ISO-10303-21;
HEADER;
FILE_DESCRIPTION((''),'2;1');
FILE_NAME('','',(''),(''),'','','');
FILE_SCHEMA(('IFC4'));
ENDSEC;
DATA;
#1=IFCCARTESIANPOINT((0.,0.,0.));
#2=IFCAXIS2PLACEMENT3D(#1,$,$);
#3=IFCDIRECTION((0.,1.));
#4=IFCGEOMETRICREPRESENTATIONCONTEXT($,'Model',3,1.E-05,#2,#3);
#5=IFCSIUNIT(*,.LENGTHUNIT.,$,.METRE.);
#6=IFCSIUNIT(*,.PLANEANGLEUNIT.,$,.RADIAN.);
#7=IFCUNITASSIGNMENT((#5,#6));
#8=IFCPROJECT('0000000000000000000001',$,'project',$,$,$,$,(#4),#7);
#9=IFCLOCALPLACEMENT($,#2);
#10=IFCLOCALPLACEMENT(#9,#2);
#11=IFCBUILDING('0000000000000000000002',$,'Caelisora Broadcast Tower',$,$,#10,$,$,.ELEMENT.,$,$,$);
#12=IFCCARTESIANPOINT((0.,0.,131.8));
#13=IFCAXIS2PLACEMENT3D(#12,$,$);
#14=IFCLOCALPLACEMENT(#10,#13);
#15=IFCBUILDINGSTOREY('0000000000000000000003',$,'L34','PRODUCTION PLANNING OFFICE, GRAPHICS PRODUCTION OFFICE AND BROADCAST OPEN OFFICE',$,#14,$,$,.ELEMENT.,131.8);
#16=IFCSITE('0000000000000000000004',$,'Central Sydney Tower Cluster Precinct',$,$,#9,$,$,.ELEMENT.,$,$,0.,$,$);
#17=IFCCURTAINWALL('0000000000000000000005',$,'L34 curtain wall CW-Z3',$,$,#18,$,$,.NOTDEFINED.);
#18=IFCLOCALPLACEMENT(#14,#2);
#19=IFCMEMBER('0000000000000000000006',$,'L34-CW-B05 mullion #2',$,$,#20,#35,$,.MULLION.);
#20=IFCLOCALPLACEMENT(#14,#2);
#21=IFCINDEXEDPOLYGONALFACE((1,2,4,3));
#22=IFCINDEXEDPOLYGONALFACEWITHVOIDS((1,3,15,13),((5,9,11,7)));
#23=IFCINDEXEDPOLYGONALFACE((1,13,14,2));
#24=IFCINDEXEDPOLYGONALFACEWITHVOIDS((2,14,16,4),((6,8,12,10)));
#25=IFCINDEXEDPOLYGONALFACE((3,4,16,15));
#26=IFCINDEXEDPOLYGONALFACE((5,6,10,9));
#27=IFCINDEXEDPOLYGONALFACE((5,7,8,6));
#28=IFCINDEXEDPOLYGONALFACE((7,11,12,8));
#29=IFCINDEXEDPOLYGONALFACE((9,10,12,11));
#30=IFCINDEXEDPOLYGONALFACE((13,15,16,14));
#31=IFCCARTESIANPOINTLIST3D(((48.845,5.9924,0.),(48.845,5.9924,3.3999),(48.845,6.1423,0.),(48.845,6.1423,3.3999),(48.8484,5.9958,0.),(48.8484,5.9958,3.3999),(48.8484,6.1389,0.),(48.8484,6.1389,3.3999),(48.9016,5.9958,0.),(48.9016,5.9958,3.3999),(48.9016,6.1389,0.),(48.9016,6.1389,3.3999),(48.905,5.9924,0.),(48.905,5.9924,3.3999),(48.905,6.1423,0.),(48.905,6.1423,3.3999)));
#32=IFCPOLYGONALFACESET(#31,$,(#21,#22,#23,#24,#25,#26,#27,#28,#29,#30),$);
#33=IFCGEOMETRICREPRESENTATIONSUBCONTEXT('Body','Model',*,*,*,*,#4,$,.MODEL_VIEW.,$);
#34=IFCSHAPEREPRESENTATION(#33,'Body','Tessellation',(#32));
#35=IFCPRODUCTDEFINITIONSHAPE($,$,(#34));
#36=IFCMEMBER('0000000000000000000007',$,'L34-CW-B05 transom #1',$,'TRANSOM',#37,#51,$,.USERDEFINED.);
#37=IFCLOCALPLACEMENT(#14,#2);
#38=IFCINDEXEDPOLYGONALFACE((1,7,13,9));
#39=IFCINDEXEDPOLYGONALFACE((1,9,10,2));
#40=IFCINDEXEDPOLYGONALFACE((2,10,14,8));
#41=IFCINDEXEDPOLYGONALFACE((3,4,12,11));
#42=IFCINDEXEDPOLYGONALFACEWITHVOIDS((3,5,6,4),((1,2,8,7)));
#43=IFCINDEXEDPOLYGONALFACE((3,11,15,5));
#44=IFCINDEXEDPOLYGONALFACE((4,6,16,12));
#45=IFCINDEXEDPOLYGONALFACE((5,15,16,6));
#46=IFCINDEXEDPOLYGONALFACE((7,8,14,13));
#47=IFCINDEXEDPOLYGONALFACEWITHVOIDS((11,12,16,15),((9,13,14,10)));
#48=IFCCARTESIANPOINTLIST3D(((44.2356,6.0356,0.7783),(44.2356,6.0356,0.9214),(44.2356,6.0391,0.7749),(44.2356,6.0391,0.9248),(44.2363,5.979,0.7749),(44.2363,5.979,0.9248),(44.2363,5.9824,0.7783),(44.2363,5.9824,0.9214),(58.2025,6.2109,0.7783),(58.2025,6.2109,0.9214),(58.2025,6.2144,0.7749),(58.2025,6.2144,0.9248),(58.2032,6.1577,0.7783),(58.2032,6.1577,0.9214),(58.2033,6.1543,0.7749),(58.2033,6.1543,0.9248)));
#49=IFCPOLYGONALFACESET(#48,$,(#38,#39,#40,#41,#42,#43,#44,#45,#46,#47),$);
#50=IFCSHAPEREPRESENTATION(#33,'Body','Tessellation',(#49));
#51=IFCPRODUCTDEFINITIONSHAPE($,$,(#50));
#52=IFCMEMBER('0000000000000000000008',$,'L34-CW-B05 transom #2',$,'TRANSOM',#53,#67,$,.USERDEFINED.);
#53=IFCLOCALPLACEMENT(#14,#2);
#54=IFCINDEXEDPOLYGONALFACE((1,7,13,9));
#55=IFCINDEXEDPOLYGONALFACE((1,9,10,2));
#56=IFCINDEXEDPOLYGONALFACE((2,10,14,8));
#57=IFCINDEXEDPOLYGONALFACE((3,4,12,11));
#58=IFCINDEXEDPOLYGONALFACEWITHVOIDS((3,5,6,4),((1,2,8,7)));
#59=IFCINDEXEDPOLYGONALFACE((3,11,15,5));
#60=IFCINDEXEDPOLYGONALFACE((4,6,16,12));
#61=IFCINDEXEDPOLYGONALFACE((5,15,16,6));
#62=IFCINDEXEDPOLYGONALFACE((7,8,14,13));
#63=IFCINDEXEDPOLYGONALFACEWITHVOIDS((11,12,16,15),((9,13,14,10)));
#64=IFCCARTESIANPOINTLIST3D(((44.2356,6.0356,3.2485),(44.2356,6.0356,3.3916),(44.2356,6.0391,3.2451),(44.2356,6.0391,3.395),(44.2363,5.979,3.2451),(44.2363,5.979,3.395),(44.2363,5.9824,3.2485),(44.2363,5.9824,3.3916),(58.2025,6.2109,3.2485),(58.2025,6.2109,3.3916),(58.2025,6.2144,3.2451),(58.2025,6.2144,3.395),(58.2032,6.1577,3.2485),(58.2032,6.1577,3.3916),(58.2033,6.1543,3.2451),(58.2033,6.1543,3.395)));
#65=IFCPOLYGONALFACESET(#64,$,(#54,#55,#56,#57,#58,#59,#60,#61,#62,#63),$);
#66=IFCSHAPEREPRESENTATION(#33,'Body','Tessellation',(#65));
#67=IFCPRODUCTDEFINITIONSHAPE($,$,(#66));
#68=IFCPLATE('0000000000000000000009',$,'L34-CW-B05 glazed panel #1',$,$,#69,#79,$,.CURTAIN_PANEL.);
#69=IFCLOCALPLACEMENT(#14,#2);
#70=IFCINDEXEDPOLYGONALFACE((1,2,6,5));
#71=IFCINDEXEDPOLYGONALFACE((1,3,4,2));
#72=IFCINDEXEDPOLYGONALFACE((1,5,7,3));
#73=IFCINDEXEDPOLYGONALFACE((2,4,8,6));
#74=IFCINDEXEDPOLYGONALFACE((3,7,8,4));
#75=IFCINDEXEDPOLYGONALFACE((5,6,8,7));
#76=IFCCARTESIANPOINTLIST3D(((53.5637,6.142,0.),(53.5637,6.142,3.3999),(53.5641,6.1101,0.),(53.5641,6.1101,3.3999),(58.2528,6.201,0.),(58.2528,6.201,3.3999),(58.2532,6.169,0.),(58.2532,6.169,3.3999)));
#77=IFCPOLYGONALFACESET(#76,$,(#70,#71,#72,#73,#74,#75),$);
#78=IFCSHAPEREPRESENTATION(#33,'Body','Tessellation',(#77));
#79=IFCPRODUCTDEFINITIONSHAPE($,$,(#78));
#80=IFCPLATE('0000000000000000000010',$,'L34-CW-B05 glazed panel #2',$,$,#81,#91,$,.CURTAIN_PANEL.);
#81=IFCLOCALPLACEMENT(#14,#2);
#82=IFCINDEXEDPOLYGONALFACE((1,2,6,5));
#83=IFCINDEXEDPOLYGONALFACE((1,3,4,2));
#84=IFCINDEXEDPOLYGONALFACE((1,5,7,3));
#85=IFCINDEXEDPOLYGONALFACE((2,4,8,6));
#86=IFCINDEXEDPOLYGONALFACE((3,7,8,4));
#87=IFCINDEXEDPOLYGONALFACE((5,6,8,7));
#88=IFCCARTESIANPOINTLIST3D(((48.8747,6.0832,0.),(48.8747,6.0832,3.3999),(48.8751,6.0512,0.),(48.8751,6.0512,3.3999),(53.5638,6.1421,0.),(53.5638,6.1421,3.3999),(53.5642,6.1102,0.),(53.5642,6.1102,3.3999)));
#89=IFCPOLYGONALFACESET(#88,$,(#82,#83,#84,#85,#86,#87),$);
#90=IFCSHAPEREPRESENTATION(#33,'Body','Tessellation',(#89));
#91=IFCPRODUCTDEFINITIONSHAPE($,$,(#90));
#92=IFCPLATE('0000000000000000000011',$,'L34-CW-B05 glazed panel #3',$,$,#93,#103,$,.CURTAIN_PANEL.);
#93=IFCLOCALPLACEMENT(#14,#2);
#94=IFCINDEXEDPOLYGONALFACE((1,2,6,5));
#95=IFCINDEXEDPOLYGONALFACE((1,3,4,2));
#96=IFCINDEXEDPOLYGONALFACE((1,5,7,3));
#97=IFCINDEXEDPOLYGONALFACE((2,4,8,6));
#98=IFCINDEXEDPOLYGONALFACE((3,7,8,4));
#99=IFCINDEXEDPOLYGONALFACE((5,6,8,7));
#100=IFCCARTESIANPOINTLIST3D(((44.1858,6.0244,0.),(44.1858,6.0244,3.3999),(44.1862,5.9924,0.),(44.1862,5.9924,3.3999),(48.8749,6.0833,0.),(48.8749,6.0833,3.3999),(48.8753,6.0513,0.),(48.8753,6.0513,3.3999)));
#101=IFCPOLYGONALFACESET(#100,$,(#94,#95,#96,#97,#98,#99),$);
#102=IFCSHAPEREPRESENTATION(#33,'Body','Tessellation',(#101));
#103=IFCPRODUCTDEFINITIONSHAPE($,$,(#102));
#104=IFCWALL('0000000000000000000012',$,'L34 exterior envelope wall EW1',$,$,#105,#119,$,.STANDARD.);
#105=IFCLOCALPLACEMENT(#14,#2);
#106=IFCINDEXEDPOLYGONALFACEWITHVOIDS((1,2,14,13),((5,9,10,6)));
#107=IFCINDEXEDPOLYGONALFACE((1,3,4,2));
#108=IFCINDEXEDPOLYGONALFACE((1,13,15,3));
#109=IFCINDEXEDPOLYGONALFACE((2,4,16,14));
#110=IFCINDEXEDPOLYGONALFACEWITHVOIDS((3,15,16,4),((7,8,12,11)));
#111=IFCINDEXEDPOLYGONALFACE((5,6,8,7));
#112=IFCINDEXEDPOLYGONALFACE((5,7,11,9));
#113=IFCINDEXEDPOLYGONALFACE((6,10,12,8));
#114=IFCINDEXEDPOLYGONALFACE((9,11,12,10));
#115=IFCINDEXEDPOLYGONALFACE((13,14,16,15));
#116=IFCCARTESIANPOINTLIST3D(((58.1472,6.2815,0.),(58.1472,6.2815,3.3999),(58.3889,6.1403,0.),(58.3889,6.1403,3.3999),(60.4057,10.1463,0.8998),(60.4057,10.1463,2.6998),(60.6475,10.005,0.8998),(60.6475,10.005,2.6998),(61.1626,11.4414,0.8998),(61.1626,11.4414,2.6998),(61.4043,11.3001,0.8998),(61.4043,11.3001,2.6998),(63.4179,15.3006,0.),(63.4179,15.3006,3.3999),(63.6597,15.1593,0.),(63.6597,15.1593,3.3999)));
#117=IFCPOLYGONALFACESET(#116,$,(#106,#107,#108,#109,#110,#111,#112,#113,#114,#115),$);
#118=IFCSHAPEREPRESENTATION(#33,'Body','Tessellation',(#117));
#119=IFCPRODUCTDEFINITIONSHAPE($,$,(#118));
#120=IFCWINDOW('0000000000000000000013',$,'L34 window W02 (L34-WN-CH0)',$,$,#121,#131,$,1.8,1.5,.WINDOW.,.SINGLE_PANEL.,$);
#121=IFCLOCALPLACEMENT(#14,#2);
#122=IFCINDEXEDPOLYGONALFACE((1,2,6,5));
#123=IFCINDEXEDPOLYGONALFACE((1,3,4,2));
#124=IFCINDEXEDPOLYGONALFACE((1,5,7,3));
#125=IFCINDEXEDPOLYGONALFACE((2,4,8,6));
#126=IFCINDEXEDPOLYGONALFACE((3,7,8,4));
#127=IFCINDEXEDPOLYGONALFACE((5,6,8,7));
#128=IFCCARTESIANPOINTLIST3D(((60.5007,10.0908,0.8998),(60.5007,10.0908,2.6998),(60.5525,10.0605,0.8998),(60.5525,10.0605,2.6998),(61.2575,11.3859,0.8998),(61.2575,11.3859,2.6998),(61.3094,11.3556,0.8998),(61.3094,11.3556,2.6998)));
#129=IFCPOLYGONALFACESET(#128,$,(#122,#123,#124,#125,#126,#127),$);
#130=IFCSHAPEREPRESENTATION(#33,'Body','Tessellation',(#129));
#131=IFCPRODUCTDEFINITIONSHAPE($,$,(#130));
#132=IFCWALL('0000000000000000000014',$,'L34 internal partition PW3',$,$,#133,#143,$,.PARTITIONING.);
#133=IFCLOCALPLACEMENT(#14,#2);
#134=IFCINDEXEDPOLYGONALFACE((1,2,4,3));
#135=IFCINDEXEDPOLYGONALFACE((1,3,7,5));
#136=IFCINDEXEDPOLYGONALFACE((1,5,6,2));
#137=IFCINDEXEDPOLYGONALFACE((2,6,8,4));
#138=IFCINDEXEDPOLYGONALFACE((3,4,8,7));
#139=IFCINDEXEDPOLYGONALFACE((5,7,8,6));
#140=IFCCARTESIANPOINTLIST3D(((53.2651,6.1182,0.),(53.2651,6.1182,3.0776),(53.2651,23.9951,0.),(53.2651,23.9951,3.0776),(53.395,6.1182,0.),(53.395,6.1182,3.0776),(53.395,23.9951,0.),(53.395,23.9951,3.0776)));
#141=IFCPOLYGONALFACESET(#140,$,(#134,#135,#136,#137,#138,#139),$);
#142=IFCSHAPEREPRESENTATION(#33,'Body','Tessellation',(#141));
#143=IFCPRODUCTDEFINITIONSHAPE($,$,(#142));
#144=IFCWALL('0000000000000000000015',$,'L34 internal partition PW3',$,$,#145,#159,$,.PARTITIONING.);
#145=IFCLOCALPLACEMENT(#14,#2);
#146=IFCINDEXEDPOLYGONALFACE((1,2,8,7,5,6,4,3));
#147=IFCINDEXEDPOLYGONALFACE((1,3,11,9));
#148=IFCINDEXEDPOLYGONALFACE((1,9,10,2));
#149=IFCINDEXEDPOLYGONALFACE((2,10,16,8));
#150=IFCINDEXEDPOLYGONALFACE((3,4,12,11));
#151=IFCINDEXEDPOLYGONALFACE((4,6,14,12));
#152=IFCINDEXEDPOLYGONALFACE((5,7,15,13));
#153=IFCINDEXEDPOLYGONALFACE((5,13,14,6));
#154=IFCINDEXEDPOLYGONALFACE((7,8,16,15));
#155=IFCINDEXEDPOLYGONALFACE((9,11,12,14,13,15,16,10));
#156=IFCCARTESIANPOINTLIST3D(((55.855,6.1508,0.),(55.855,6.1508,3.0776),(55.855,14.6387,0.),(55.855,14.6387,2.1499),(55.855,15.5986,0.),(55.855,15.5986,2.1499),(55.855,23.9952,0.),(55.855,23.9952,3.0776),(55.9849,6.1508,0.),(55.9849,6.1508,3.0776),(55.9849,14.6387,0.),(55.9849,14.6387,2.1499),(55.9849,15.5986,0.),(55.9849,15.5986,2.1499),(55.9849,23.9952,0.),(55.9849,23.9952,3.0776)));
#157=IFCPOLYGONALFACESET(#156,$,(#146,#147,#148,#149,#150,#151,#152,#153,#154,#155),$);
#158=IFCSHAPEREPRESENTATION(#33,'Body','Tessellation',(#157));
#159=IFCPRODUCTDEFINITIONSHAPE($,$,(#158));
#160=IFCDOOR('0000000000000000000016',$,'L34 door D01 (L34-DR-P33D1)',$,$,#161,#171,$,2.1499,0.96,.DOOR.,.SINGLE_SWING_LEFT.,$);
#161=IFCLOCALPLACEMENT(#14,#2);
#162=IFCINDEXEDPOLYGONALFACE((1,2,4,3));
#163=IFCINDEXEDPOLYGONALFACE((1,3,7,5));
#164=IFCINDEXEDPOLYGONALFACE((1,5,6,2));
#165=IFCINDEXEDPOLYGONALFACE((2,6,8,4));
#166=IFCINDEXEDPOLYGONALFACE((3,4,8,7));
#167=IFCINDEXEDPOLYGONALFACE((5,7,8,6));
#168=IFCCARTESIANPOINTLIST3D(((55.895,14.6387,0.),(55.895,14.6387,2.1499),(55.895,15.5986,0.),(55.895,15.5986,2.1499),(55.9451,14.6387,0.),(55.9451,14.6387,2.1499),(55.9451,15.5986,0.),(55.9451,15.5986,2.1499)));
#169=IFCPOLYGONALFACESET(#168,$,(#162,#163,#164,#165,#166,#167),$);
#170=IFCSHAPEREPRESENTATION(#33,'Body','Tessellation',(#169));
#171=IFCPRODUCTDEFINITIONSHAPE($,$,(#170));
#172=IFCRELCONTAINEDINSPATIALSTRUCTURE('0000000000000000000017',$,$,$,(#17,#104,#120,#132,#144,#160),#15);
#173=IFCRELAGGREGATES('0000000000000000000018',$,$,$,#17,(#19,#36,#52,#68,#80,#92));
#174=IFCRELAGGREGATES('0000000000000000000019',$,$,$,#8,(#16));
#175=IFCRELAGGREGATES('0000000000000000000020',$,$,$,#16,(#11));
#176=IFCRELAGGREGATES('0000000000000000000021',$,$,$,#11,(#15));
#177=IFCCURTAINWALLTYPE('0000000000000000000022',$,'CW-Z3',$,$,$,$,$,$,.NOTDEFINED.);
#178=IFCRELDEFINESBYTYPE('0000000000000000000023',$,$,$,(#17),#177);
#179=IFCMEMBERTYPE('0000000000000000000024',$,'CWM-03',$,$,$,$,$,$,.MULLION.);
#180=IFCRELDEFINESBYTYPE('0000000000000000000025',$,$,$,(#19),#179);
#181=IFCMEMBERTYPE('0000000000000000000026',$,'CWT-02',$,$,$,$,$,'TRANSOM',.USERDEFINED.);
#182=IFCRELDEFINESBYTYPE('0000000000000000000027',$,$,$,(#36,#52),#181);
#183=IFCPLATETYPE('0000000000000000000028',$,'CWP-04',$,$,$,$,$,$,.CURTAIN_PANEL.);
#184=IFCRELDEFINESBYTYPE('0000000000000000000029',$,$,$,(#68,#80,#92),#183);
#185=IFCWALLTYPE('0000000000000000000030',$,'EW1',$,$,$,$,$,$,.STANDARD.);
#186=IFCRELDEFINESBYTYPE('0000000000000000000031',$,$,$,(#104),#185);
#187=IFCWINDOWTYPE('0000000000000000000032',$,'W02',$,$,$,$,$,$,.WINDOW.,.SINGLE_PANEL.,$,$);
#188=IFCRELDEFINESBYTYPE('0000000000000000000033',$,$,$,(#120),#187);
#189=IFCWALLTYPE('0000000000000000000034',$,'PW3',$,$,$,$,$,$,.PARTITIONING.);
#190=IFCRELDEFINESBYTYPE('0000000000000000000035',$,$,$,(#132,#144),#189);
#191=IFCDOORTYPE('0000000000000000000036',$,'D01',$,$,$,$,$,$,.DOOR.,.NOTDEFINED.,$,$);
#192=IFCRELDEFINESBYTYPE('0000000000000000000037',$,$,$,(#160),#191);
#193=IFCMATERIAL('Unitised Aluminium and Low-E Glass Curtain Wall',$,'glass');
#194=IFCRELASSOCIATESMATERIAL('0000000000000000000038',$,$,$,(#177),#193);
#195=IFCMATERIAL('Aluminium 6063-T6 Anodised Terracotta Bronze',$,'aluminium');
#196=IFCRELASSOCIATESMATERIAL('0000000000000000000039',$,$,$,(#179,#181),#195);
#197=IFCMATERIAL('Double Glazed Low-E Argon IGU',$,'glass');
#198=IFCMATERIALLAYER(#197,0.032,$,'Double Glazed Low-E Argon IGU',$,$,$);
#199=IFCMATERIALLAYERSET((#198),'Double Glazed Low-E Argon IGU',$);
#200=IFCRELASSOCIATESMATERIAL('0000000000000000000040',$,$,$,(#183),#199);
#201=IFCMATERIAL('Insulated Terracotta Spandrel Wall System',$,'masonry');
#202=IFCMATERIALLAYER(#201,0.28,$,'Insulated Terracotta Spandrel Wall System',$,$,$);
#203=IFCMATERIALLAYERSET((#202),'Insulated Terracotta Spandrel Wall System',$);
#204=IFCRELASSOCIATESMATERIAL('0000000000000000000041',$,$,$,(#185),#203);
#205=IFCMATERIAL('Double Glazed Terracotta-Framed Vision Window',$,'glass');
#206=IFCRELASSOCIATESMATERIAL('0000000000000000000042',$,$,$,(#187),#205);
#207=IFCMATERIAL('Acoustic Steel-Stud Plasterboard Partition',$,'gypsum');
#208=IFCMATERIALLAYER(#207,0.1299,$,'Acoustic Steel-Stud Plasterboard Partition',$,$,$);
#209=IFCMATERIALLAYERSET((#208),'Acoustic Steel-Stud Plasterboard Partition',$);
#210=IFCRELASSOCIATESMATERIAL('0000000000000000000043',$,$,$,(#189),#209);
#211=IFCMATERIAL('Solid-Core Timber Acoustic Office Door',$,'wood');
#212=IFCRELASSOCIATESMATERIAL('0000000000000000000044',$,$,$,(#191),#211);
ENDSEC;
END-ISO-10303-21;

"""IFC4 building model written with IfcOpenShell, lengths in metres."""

from ifc_helpers import new_model, si_unit, direction, frame, frame_2d, origin, origin_2d, place, context, subcontext, project, spatial, rectangle, hollow_rectangle, extrude, source, transform, mapped, material, layer, layer_set, material_profile, profile_set, type_object, type_shapes, element, fill, aggregate, save


model = new_model("IFC4")

# Units and contexts
model_context = context("Model", 3, precision=1e-05, world=origin(), true_north=direction((0.0, 1.0)))
body_context = subcontext(model_context, "Body", "Model", "MODEL_VIEW")
ifc_project = project(units=[si_unit("LENGTHUNIT", "METRE"), si_unit("PLANEANGLEUNIT", "RADIAN")], contexts=[model_context])

# Site, building, storey
site_placement = place(None, origin())
site = spatial("IfcSite", under=ifc_project, at=site_placement, Name="Central Sydney Tower Cluster Precinct", CompositionType="ELEMENT", RefElevation=0.0)
building_placement = place(site_placement, origin())
building = spatial("IfcBuilding", under=site, at=building_placement, Name="Caelisora Broadcast Tower", CompositionType="ELEMENT")
storey_placement = place(building_placement, frame((0.0, 0.0, 131.8)))
storey = spatial("IfcBuildingStorey", under=building, at=storey_placement, Name="L34", Description="PRODUCTION PLANNING OFFICE, GRAPHICS PRODUCTION OFFICE AND BROADCAST OPEN OFFICE", CompositionType="ELEMENT", Elevation=131.8)

# Curtain wall, members, plates
ifc_material_1 = material(Name="Unitised Aluminium and Low-E Glass Curtain Wall", Category="glass")
curtain_wall_type = type_object("IfcCurtainWallType", Name="CW-Z3", PredefinedType="NOTDEFINED", material=ifc_material_1)
curtain_wall_placement = place(storey_placement, origin())
curtain_wall = element("IfcCurtainWall", 1, at=curtain_wall_placement, inside=storey, type_object=curtain_wall_type, Name="L34 curtain wall CW-Z3", PredefinedType="NOTDEFINED")
ifc_material_2 = material(Name="Aluminium 6063-T6 Anodised Terracotta Bronze", Category="aluminium")
ifc_material_profile_1 = material_profile(ifc_material_2, hollow_rectangle(XDim=0.0601, YDim=0.1499, WallThickness=0.0034, at=origin_2d()), Name="Aluminium 6063-T6 Anodised Terracotta Bronze")
ifc_profile_set_1 = profile_set([ifc_material_profile_1], Name="Aluminium 6063-T6 Anodised Terracotta Bronze")
member_type_1 = type_object("IfcMemberType", Name="CWM-03", PredefinedType="MULLION", material=ifc_profile_set_1)
shared_shape_1 = source(origin(), body_context, "Body", "SweptSolid", [
    extrude(hollow_rectangle(XDim=0.0601, YDim=0.1499, WallThickness=0.0034, at=origin_2d()), origin(), (0.0, 0.0, 1.0), 3.3999),
])
type_shapes(member_type_1, [shared_shape_1])
member_1_placement = place(storey_placement, frame((48.875, 6.0674, 0.0), z_axis=(0.0, 0.0, 1.0), x_axis=(1.0, 0.0, 0.0)))
member_1 = element("IfcMember", 2, at=member_1_placement, type_object=member_type_1, Name="L34-CW-B05 mullion #2", PredefinedType="MULLION", context=body_context, shape_type="MappedRepresentation", body=[
    mapped(shared_shape_1, transform((0.0, 0.0, 0.0), scale=1.0)),
])
ifc_material_profile_2 = material_profile(ifc_material_2, hollow_rectangle(XDim=0.0601, YDim=0.1499, WallThickness=0.0034, at=origin_2d()), Name="Aluminium 6063-T6 Anodised Terracotta Bronze")
ifc_profile_set_2 = profile_set([ifc_material_profile_2], Name="Aluminium 6063-T6 Anodised Terracotta Bronze")
member_type_2 = type_object("IfcMemberType", Name="CWT-02", ElementType="TRANSOM", PredefinedType="USERDEFINED", material=ifc_profile_set_2)
shared_shape_2 = source(origin(), body_context, "Body", "SweptSolid", [
    extrude(hollow_rectangle(XDim=0.0601, YDim=0.1499, WallThickness=0.0034, at=origin_2d()), origin(), (0.0, 0.0, 1.0), 13.968),
])
type_shapes(member_type_2, [shared_shape_2])
member_2_placement = place(storey_placement, frame((58.2029, 6.1843, 0.8499), z_axis=(-0.999921, -0.01255, 0.0), x_axis=(0.01255, -0.999921, 0.0)))
member_2 = element("IfcMember", 3, at=member_2_placement, type_object=member_type_2, Name="L34-CW-B05 transom #1", ObjectType="TRANSOM", PredefinedType="USERDEFINED", context=body_context, shape_type="MappedRepresentation", body=[
    mapped(shared_shape_2, transform((0.0, 0.0, 0.0), scale=1.0)),
])
member_3_placement = place(storey_placement, frame((58.2029, 6.1843, 3.3201), z_axis=(-0.999921, -0.01255, 0.0), x_axis=(0.01255, -0.999921, 0.0)))
member_3 = element("IfcMember", 4, at=member_3_placement, type_object=member_type_2, Name="L34-CW-B05 transom #2", ObjectType="TRANSOM", PredefinedType="USERDEFINED", context=body_context, shape_type="MappedRepresentation", body=[
    mapped(shared_shape_2, transform((0.0, 0.0, 0.0), scale=1.0)),
])
ifc_material_3 = material(Name="Double Glazed Low-E Argon IGU", Category="glass")
ifc_layer_1 = layer(ifc_material_3, 0.032, Name="Double Glazed Low-E Argon IGU")
ifc_layer_set_1 = layer_set([ifc_layer_1], Name="Double Glazed Low-E Argon IGU")
plate_type = type_object("IfcPlateType", Name="CWP-04", PredefinedType="CURTAIN_PANEL", material=ifc_layer_set_1)
shared_shape_3 = source(origin(), body_context, "Body", "SweptSolid", [
    extrude(rectangle(XDim=4.6895, YDim=0.032, at=origin_2d()), origin(), (0.0, 0.0, 1.0), 3.3999),
])
type_shapes(plate_type, [shared_shape_3])
plate_1_placement = place(storey_placement, frame((55.9084, 6.1555, 0.0), z_axis=(0.0, 0.0, 1.0), x_axis=(-0.999921, -0.012566, 0.0)))
plate_1 = element("IfcPlate", 5, at=plate_1_placement, type_object=plate_type, Name="L34-CW-B05 glazed panel #1", PredefinedType="CURTAIN_PANEL", context=body_context, shape_type="MappedRepresentation", body=[
    mapped(shared_shape_3, transform((0.0, 0.0, 0.0), scale=1.0)),
])
plate_2_placement = place(storey_placement, frame((51.2195, 6.0967, 0.0), z_axis=(0.0, 0.0, 1.0), x_axis=(-0.999921, -0.012566, 0.0)))
plate_2 = element("IfcPlate", 6, at=plate_2_placement, type_object=plate_type, Name="L34-CW-B05 glazed panel #2", PredefinedType="CURTAIN_PANEL", context=body_context, shape_type="MappedRepresentation", body=[
    mapped(shared_shape_3, transform((0.0, 0.0, 0.0), scale=1.0)),
])
plate_3_placement = place(storey_placement, frame((46.5305, 6.0378, 0.0), z_axis=(0.0, 0.0, 1.0), x_axis=(-0.999921, -0.012566, 0.0)))
plate_3 = element("IfcPlate", 7, at=plate_3_placement, type_object=plate_type, Name="L34-CW-B05 glazed panel #3", PredefinedType="CURTAIN_PANEL", context=body_context, shape_type="MappedRepresentation", body=[
    mapped(shared_shape_3, transform((0.0, 0.0, 0.0), scale=1.0)),
])
aggregate(curtain_wall, [member_1, member_2, member_3, plate_1, plate_2, plate_3])

# Wall, opening, window
ifc_material_4 = material(Name="Insulated Terracotta Spandrel Wall System", Category="masonry")
ifc_layer_2 = layer(ifc_material_4, 0.28, Name="Insulated Terracotta Spandrel Wall System")
ifc_layer_set_2 = layer_set([ifc_layer_2], Name="Insulated Terracotta Spandrel Wall System")
wall_type_1 = type_object("IfcWallType", Name="EW1", PredefinedType="STANDARD", material=ifc_layer_set_2)
wall_1_placement = place(storey_placement, frame((63.5388, 15.23, 0.0), z_axis=(0.0, 0.0, 1.0), x_axis=(-0.50456, -0.863377, 0.0)))
wall_1 = element("IfcWall", 8, at=wall_1_placement, inside=storey, type_object=wall_type_1, Name="L34 exterior envelope wall EW1", PredefinedType="STANDARD", context=body_context, shape_type="SweptSolid", body=[
    extrude(rectangle(XDim=10.4463, YDim=0.28, at=frame_2d((5.2231, 0.0))), origin(), (0.0, 0.0, 1.0), 3.3999),
])
opening_1_placement = place(wall_1_placement, frame((4.47, 0.0, 0.8999)))
opening_1 = element("IfcOpeningElement", 9, at=opening_1_placement, cuts=wall_1, PredefinedType="OPENING", context=body_context, shape_type="SweptSolid", body=[
    extrude(rectangle(XDim=1.5, YDim=1.8, at=frame_2d((0.75, 0.8999))), frame((0.0, 0.1521, 0.0), z_axis=(0.0, -1.0, 0.0), x_axis=(1.0, 0.0, 0.0)), (0.0, 0.0, 1.0), 0.304),
])
ifc_material_5 = material(Name="Double Glazed Terracotta-Framed Vision Window", Category="glass")
window_type = type_object("IfcWindowType", Name="W02", PartitioningType="SINGLE_PANEL", PredefinedType="WINDOW", material=ifc_material_5)
window_placement = place(opening_1_placement, origin())
window = element("IfcWindow", 10, at=window_placement, inside=storey, type_object=window_type, Name="L34 window W02 (L34-WN-CH0)", OverallHeight=1.8, OverallWidth=1.5, PartitioningType="SINGLE_PANEL", PredefinedType="WINDOW", context=body_context, shape_type="SweptSolid", body=[
    extrude(rectangle(XDim=1.5, YDim=1.8, at=frame_2d((0.75, 0.8999))), frame((0.0, 0.03, 0.0), z_axis=(0.0, -1.0, 0.0), x_axis=(1.0, 0.0, 0.0)), (0.0, 0.0, 1.0), 0.0601),
])
fill(opening_1, window)

# Wall
ifc_material_6 = material(Name="Acoustic Steel-Stud Plasterboard Partition", Category="gypsum")
ifc_layer_3 = layer(ifc_material_6, 0.1299, Name="Acoustic Steel-Stud Plasterboard Partition")
ifc_layer_set_3 = layer_set([ifc_layer_3], Name="Acoustic Steel-Stud Plasterboard Partition")
wall_type_2 = type_object("IfcWallType", Name="PW3", PredefinedType="PARTITIONING", material=ifc_layer_set_3)
wall_2_placement = place(storey_placement, frame((53.3301, 6.1182, 0.0), z_axis=(0.0, 0.0, 1.0), x_axis=(0.0, 1.0, 0.0)))
element("IfcWall", 11, at=wall_2_placement, inside=storey, type_object=wall_type_2, Name="L34 internal partition PW3", PredefinedType="PARTITIONING", context=body_context, shape_type="SweptSolid", body=[
    extrude(rectangle(XDim=17.877, YDim=0.1299, at=frame_2d((8.9385, 0.0))), origin(), (0.0, 0.0, 1.0), 3.0776),
])

# Wall, opening, door
wall_3_placement = place(storey_placement, frame((55.9199, 6.1506, 0.0), z_axis=(0.0, 0.0, 1.0), x_axis=(0.0, 1.0, 0.0)))
wall_3 = element("IfcWall", 12, at=wall_3_placement, inside=storey, type_object=wall_type_2, Name="L34 internal partition PW3", PredefinedType="PARTITIONING", context=body_context, shape_type="SweptSolid", body=[
    extrude(rectangle(XDim=17.8445, YDim=0.1299, at=frame_2d((8.9224, 0.0))), origin(), (0.0, 0.0, 1.0), 3.0776),
])
opening_2_placement = place(wall_3_placement, frame((8.488, 0.0, 0.0)))
opening_2 = element("IfcOpeningElement", 13, at=opening_2_placement, cuts=wall_3, PredefinedType="OPENING", context=body_context, shape_type="SweptSolid", body=[
    extrude(rectangle(XDim=0.96, YDim=2.1499, at=frame_2d((0.48, 1.075))), frame((0.0, 0.0769, 0.0), z_axis=(0.0, -1.0, 0.0), x_axis=(1.0, 0.0, 0.0)), (0.0, 0.0, 1.0), 0.1538),
])
ifc_material_7 = material(Name="Solid-Core Timber Acoustic Office Door", Category="wood")
door_type = type_object("IfcDoorType", Name="D01", OperationType="NOTDEFINED", PredefinedType="DOOR", material=ifc_material_7)
door_1_placement = place(opening_2_placement, origin())
door_1 = element("IfcDoor", 14, at=door_1_placement, inside=storey, type_object=door_type, Name="L34 door D01 (L34-DR-P33D1)", OperationType="SINGLE_SWING_LEFT", OverallHeight=2.1499, OverallWidth=0.96, PredefinedType="DOOR", context=body_context, shape_type="SweptSolid", body=[
    extrude(rectangle(XDim=0.96, YDim=2.1499, at=frame_2d((0.48, 1.075))), frame((0.0, 0.0249, 0.0), z_axis=(0.0, -1.0, 0.0), x_axis=(1.0, 0.0, 0.0)), (0.0, 0.0, 1.0), 0.05),
])
fill(opening_2, door_1)

save(model, "model.ifc")
